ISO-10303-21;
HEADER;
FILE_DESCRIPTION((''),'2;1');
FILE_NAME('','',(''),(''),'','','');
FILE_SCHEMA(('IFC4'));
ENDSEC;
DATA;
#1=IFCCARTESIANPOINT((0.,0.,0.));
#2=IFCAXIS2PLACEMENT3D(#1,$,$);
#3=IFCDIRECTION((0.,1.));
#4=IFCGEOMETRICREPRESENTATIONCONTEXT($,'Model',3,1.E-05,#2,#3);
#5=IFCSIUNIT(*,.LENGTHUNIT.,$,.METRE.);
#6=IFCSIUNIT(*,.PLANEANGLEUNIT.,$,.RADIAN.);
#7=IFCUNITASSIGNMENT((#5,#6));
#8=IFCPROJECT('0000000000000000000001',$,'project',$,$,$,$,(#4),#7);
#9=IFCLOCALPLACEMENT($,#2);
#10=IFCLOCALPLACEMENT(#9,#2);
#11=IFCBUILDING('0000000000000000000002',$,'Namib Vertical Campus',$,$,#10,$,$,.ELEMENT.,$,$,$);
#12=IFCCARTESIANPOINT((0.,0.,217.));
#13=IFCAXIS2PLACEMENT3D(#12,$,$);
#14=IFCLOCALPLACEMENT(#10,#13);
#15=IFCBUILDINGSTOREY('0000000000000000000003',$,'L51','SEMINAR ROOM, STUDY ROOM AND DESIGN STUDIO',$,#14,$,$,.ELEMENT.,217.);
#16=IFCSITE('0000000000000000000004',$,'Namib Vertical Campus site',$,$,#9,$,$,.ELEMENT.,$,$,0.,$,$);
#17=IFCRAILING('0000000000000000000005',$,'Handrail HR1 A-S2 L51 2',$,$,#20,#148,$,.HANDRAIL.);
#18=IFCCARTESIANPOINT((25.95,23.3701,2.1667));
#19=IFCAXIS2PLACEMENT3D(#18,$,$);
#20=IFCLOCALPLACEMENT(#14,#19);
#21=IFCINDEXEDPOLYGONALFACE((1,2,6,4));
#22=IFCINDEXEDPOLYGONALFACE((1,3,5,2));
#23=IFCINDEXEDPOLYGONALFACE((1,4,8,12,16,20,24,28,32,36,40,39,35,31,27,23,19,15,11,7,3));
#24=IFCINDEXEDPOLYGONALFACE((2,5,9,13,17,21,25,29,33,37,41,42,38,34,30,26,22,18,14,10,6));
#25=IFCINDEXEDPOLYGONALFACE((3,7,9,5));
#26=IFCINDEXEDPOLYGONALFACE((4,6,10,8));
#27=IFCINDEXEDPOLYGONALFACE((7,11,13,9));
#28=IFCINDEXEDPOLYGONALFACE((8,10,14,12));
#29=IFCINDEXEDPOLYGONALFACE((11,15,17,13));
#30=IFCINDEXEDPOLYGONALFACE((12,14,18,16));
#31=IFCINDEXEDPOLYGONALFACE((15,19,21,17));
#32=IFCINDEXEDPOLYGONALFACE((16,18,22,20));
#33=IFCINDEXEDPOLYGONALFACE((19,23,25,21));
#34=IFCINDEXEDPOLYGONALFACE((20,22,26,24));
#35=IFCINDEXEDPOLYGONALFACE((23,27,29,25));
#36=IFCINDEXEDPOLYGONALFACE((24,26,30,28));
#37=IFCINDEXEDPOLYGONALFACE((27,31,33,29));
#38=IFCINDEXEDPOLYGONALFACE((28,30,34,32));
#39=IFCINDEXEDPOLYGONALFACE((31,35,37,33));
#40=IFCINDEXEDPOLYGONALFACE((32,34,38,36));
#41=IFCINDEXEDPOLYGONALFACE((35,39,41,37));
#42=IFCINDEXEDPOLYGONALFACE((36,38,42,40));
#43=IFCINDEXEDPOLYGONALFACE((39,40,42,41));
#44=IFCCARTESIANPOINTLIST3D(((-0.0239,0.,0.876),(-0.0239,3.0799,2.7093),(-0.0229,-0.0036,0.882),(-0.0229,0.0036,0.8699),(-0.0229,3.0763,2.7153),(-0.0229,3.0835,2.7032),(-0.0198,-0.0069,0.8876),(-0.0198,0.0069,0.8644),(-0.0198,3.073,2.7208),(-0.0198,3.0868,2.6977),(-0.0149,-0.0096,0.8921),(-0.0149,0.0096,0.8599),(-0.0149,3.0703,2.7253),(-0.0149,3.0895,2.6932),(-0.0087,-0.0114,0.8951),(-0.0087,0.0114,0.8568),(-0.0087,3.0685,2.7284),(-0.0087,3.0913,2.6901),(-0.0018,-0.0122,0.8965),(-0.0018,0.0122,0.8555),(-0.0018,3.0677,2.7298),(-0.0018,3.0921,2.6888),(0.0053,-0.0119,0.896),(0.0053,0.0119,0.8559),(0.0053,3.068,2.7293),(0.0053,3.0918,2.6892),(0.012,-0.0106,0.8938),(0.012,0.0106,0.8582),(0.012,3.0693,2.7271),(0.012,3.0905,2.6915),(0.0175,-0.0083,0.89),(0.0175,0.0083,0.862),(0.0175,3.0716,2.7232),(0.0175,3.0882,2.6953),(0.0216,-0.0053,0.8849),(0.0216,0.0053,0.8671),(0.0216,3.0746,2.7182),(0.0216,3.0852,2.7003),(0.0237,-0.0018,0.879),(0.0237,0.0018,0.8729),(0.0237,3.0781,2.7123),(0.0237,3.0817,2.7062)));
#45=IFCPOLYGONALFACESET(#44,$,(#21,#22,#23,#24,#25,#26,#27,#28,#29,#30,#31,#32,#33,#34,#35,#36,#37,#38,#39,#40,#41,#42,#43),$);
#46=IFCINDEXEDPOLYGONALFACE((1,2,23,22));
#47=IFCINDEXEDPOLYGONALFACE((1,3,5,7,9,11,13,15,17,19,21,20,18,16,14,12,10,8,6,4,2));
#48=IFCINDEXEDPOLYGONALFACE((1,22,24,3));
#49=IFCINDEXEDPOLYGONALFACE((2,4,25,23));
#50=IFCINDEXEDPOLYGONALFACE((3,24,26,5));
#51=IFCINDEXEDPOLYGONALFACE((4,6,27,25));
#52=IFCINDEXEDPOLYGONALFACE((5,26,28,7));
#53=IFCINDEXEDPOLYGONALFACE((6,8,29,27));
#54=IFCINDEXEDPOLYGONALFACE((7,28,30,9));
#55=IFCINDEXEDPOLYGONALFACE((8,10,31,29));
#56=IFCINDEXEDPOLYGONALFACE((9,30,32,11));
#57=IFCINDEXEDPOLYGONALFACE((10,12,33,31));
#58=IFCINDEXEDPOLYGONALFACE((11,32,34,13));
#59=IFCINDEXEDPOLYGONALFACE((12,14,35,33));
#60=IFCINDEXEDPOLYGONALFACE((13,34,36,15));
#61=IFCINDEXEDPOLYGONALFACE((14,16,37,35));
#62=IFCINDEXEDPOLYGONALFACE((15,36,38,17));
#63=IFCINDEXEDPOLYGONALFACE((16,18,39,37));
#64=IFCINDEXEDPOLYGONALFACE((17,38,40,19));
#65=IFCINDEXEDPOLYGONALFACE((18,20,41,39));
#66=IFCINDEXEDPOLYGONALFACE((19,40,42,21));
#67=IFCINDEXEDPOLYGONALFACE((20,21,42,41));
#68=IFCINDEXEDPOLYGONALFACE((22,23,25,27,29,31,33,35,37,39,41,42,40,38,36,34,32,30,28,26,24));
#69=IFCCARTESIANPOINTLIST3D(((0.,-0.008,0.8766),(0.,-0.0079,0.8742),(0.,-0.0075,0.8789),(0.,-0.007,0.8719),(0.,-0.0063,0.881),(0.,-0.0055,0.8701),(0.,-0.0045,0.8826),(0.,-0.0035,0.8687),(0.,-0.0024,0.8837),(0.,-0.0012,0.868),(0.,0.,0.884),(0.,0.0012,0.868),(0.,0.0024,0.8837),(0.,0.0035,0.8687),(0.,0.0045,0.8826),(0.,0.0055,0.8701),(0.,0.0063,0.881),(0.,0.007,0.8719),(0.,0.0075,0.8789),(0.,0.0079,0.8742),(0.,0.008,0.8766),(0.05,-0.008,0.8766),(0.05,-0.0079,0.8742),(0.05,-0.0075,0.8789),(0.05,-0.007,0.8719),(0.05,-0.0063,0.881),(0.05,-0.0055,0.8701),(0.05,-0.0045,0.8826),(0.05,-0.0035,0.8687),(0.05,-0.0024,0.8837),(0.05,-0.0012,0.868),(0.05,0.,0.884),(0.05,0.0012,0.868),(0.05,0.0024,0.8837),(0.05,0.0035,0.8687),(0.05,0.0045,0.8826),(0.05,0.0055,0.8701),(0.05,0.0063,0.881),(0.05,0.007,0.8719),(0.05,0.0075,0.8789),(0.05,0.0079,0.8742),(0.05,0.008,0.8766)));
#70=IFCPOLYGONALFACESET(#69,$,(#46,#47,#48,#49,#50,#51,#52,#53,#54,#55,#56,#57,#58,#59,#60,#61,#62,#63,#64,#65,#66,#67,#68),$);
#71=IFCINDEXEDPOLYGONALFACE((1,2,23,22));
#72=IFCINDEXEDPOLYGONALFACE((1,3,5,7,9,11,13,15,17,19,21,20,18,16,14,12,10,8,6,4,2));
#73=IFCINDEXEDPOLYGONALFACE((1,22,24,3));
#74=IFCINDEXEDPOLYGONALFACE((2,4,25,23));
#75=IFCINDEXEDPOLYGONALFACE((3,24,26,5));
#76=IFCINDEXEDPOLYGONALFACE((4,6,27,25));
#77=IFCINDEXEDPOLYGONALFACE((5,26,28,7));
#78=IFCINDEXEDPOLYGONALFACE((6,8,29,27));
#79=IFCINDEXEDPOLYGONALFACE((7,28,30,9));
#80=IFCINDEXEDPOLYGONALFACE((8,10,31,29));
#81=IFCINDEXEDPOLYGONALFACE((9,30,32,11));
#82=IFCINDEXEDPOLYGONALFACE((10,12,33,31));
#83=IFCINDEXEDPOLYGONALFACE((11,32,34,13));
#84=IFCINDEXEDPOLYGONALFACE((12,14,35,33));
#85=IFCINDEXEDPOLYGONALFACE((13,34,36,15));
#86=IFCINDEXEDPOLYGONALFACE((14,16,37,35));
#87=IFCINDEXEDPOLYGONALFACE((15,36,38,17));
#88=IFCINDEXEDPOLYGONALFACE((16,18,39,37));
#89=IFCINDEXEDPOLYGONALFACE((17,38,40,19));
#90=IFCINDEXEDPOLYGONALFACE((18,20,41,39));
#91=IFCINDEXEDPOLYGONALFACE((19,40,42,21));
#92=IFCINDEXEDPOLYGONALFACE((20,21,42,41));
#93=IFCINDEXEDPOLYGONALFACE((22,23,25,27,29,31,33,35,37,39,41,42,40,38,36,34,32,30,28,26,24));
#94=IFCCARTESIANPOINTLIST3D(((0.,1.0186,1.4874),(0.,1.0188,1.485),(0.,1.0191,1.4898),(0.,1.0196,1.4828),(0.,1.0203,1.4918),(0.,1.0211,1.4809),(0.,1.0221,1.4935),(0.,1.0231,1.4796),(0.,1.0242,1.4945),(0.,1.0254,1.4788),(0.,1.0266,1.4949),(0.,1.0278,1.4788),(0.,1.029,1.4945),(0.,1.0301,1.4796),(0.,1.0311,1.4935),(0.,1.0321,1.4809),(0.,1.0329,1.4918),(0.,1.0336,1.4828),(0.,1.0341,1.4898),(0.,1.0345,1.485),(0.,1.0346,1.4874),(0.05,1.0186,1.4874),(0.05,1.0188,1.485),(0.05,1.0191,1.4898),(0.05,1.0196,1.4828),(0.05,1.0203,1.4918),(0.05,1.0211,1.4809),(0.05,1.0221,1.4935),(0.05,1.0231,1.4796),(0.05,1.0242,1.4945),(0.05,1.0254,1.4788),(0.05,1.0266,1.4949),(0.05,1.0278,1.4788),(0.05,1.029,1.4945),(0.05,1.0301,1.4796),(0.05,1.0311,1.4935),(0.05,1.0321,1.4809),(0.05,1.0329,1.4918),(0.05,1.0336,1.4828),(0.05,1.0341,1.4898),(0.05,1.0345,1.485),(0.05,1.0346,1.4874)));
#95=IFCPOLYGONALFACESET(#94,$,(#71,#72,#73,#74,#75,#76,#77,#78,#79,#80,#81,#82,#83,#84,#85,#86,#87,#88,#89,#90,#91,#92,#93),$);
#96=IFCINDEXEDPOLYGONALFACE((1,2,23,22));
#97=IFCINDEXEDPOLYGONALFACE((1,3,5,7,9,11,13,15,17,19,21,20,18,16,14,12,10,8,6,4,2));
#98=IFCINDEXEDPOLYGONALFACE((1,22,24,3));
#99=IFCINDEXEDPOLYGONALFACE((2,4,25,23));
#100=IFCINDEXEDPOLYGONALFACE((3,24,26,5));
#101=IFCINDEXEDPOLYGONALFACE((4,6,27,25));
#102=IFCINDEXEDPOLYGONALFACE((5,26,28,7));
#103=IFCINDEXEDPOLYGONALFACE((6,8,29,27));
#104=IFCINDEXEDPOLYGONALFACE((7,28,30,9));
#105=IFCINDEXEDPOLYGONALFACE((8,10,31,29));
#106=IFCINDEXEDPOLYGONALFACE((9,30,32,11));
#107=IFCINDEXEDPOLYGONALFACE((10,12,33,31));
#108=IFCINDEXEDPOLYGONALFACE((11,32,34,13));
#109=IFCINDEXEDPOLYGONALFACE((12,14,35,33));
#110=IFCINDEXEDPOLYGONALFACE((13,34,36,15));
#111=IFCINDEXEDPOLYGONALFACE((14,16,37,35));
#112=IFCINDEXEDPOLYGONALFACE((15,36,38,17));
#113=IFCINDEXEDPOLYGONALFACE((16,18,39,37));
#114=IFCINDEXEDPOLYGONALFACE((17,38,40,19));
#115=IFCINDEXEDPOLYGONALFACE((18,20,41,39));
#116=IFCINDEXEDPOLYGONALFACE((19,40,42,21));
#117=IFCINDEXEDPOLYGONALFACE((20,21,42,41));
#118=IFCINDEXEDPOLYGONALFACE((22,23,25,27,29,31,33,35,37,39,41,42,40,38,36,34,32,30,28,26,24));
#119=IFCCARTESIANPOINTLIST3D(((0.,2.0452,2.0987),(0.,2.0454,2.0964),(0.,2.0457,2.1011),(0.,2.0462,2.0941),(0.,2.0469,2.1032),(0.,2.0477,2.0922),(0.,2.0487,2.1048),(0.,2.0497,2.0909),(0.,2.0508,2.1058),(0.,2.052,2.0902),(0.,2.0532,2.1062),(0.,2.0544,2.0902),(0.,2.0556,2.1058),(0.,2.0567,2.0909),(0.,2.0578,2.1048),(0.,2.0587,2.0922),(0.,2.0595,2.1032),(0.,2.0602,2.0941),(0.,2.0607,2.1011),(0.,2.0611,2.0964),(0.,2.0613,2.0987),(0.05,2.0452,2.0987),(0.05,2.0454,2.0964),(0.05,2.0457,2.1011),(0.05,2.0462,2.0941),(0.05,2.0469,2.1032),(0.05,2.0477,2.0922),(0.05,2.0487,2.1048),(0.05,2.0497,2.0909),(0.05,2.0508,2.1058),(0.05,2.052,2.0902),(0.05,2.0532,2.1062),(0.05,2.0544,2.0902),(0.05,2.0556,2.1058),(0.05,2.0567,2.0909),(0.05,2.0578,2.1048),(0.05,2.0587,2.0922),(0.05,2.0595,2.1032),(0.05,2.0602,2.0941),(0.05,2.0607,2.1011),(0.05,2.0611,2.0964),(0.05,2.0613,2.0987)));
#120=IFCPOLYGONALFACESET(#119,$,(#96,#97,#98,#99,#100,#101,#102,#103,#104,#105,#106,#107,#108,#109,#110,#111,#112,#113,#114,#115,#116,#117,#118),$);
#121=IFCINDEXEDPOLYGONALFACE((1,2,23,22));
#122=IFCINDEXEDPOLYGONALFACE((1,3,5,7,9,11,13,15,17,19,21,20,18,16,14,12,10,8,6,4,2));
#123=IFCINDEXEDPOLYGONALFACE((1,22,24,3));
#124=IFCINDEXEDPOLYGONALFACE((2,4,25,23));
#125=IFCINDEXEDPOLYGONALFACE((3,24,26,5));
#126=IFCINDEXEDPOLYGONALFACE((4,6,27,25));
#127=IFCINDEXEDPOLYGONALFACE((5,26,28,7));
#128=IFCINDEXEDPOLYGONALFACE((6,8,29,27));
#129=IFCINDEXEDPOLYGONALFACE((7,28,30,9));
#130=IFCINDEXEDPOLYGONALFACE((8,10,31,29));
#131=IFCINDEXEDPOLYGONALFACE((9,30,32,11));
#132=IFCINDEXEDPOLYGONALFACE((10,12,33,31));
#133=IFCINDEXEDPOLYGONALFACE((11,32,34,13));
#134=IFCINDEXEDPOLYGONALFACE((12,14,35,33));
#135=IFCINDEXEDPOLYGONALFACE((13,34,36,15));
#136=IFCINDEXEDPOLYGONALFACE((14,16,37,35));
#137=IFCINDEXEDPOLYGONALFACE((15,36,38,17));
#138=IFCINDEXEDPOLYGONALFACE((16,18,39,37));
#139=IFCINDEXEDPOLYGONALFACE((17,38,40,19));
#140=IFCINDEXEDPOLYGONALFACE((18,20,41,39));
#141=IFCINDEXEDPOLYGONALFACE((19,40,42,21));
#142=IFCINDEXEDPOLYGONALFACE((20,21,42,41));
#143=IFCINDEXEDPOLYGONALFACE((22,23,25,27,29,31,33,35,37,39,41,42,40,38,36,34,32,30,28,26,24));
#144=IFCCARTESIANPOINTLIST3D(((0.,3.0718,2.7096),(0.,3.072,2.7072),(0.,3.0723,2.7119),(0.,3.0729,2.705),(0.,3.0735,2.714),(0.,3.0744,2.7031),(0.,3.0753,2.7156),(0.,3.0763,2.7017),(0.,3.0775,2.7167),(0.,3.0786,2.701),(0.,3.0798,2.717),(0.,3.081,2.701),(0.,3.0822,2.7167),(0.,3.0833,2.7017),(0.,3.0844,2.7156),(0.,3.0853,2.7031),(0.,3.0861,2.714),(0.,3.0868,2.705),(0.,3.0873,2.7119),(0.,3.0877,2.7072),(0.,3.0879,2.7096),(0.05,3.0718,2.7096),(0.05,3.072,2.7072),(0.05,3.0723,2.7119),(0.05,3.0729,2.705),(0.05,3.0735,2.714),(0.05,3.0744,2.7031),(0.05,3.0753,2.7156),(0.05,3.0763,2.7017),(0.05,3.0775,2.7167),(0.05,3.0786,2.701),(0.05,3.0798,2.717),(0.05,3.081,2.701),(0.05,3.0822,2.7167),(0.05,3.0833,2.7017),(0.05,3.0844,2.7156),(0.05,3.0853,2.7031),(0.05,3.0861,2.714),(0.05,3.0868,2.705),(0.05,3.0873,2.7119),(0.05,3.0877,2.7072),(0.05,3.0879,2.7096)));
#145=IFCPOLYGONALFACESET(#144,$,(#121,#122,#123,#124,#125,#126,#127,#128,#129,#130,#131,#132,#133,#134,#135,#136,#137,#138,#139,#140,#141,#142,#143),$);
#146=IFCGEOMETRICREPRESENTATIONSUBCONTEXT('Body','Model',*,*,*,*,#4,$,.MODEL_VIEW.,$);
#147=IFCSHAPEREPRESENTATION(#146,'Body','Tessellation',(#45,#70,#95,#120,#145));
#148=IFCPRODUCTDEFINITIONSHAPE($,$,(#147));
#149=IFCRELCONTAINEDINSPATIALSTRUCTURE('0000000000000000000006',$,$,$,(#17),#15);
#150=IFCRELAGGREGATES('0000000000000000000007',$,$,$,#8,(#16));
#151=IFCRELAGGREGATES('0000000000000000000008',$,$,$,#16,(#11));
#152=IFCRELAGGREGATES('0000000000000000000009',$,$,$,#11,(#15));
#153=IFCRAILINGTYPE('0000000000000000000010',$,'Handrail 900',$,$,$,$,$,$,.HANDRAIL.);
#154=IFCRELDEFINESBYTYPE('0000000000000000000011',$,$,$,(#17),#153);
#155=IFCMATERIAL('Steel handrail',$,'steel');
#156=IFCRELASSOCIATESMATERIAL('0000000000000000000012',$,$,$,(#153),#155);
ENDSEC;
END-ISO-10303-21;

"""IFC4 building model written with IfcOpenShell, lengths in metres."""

from ifc_helpers import new_model, si_unit, direction, frame, origin, origin_2d, place, context, subcontext, project, spatial, circle, extrude, material, type_object, element, save


model = new_model("IFC4")

# Units and contexts
model_context = context("Model", 3, precision=1e-05, world=origin(), true_north=direction((0.0, 1.0)))
body_context = subcontext(model_context, "Body", "Model", "MODEL_VIEW")
ifc_project = project(units=[si_unit("LENGTHUNIT", "METRE"), si_unit("PLANEANGLEUNIT", "RADIAN")], contexts=[model_context])

# Site, building, storey
site_placement = place(None, origin())
site = spatial("IfcSite", under=ifc_project, at=site_placement, Name="Namib Vertical Campus site", CompositionType="ELEMENT", RefElevation=0.0)
building_placement = place(site_placement, origin())
building = spatial("IfcBuilding", under=site, at=building_placement, Name="Namib Vertical Campus", CompositionType="ELEMENT")
storey_placement = place(building_placement, frame((0.0, 0.0, 217.0)))
storey = spatial("IfcBuildingStorey", under=building, at=storey_placement, Name="L51", Description="SEMINAR ROOM, STUDY ROOM AND DESIGN STUDIO", CompositionType="ELEMENT", Elevation=217.0)

# Railing
ifc_material_1 = material(Name="Steel handrail", Category="steel")
railing_type_1 = type_object("IfcRailingType", Name="Handrail 900", PredefinedType="HANDRAIL", material=ifc_material_1)
railing_1_placement = place(storey_placement, frame((25.95, 23.3701, 2.1667)))
element("IfcRailing", 1, at=railing_1_placement, inside=storey, type_object=railing_type_1, Name="Handrail HR1 A-S2 L51 2", PredefinedType="HANDRAIL", context=body_context, shape_type="SweptSolid", body=[
    extrude(circle(Radius=0.0239, at=origin_2d()), frame((0.0, 0.0, 0.876), z_axis=(0.0, 0.859291, 0.511487), x_axis=(-1.0, 0.0, 0.0)), (0.0, 0.0, 1.0), 3.5842),
    extrude(circle(Radius=0.0081, at=origin_2d()), frame((0.0, 0.0, 0.876), z_axis=(1.0, 0.0, 0.0), x_axis=(0.0, 0.0, 1.0)), (0.0, 0.0, 1.0), 0.05),
    extrude(circle(Radius=0.0081, at=origin_2d()), frame((0.0, 1.0266, 1.4868), z_axis=(1.0, 0.0, 0.0), x_axis=(0.0, 0.0, 1.0)), (0.0, 0.0, 1.0), 0.05),
    extrude(circle(Radius=0.0081, at=origin_2d()), frame((0.0, 2.0532, 2.0981), z_axis=(1.0, 0.0, 0.0), x_axis=(0.0, 0.0, 1.0)), (0.0, 0.0, 1.0), 0.05),
    extrude(circle(Radius=0.0081, at=origin_2d()), frame((0.0, 3.0798, 2.709), z_axis=(1.0, 0.0, 0.0), x_axis=(0.0, 0.0, 1.0)), (0.0, 0.0, 1.0), 0.05),
])

save(model, "model.ifc")
